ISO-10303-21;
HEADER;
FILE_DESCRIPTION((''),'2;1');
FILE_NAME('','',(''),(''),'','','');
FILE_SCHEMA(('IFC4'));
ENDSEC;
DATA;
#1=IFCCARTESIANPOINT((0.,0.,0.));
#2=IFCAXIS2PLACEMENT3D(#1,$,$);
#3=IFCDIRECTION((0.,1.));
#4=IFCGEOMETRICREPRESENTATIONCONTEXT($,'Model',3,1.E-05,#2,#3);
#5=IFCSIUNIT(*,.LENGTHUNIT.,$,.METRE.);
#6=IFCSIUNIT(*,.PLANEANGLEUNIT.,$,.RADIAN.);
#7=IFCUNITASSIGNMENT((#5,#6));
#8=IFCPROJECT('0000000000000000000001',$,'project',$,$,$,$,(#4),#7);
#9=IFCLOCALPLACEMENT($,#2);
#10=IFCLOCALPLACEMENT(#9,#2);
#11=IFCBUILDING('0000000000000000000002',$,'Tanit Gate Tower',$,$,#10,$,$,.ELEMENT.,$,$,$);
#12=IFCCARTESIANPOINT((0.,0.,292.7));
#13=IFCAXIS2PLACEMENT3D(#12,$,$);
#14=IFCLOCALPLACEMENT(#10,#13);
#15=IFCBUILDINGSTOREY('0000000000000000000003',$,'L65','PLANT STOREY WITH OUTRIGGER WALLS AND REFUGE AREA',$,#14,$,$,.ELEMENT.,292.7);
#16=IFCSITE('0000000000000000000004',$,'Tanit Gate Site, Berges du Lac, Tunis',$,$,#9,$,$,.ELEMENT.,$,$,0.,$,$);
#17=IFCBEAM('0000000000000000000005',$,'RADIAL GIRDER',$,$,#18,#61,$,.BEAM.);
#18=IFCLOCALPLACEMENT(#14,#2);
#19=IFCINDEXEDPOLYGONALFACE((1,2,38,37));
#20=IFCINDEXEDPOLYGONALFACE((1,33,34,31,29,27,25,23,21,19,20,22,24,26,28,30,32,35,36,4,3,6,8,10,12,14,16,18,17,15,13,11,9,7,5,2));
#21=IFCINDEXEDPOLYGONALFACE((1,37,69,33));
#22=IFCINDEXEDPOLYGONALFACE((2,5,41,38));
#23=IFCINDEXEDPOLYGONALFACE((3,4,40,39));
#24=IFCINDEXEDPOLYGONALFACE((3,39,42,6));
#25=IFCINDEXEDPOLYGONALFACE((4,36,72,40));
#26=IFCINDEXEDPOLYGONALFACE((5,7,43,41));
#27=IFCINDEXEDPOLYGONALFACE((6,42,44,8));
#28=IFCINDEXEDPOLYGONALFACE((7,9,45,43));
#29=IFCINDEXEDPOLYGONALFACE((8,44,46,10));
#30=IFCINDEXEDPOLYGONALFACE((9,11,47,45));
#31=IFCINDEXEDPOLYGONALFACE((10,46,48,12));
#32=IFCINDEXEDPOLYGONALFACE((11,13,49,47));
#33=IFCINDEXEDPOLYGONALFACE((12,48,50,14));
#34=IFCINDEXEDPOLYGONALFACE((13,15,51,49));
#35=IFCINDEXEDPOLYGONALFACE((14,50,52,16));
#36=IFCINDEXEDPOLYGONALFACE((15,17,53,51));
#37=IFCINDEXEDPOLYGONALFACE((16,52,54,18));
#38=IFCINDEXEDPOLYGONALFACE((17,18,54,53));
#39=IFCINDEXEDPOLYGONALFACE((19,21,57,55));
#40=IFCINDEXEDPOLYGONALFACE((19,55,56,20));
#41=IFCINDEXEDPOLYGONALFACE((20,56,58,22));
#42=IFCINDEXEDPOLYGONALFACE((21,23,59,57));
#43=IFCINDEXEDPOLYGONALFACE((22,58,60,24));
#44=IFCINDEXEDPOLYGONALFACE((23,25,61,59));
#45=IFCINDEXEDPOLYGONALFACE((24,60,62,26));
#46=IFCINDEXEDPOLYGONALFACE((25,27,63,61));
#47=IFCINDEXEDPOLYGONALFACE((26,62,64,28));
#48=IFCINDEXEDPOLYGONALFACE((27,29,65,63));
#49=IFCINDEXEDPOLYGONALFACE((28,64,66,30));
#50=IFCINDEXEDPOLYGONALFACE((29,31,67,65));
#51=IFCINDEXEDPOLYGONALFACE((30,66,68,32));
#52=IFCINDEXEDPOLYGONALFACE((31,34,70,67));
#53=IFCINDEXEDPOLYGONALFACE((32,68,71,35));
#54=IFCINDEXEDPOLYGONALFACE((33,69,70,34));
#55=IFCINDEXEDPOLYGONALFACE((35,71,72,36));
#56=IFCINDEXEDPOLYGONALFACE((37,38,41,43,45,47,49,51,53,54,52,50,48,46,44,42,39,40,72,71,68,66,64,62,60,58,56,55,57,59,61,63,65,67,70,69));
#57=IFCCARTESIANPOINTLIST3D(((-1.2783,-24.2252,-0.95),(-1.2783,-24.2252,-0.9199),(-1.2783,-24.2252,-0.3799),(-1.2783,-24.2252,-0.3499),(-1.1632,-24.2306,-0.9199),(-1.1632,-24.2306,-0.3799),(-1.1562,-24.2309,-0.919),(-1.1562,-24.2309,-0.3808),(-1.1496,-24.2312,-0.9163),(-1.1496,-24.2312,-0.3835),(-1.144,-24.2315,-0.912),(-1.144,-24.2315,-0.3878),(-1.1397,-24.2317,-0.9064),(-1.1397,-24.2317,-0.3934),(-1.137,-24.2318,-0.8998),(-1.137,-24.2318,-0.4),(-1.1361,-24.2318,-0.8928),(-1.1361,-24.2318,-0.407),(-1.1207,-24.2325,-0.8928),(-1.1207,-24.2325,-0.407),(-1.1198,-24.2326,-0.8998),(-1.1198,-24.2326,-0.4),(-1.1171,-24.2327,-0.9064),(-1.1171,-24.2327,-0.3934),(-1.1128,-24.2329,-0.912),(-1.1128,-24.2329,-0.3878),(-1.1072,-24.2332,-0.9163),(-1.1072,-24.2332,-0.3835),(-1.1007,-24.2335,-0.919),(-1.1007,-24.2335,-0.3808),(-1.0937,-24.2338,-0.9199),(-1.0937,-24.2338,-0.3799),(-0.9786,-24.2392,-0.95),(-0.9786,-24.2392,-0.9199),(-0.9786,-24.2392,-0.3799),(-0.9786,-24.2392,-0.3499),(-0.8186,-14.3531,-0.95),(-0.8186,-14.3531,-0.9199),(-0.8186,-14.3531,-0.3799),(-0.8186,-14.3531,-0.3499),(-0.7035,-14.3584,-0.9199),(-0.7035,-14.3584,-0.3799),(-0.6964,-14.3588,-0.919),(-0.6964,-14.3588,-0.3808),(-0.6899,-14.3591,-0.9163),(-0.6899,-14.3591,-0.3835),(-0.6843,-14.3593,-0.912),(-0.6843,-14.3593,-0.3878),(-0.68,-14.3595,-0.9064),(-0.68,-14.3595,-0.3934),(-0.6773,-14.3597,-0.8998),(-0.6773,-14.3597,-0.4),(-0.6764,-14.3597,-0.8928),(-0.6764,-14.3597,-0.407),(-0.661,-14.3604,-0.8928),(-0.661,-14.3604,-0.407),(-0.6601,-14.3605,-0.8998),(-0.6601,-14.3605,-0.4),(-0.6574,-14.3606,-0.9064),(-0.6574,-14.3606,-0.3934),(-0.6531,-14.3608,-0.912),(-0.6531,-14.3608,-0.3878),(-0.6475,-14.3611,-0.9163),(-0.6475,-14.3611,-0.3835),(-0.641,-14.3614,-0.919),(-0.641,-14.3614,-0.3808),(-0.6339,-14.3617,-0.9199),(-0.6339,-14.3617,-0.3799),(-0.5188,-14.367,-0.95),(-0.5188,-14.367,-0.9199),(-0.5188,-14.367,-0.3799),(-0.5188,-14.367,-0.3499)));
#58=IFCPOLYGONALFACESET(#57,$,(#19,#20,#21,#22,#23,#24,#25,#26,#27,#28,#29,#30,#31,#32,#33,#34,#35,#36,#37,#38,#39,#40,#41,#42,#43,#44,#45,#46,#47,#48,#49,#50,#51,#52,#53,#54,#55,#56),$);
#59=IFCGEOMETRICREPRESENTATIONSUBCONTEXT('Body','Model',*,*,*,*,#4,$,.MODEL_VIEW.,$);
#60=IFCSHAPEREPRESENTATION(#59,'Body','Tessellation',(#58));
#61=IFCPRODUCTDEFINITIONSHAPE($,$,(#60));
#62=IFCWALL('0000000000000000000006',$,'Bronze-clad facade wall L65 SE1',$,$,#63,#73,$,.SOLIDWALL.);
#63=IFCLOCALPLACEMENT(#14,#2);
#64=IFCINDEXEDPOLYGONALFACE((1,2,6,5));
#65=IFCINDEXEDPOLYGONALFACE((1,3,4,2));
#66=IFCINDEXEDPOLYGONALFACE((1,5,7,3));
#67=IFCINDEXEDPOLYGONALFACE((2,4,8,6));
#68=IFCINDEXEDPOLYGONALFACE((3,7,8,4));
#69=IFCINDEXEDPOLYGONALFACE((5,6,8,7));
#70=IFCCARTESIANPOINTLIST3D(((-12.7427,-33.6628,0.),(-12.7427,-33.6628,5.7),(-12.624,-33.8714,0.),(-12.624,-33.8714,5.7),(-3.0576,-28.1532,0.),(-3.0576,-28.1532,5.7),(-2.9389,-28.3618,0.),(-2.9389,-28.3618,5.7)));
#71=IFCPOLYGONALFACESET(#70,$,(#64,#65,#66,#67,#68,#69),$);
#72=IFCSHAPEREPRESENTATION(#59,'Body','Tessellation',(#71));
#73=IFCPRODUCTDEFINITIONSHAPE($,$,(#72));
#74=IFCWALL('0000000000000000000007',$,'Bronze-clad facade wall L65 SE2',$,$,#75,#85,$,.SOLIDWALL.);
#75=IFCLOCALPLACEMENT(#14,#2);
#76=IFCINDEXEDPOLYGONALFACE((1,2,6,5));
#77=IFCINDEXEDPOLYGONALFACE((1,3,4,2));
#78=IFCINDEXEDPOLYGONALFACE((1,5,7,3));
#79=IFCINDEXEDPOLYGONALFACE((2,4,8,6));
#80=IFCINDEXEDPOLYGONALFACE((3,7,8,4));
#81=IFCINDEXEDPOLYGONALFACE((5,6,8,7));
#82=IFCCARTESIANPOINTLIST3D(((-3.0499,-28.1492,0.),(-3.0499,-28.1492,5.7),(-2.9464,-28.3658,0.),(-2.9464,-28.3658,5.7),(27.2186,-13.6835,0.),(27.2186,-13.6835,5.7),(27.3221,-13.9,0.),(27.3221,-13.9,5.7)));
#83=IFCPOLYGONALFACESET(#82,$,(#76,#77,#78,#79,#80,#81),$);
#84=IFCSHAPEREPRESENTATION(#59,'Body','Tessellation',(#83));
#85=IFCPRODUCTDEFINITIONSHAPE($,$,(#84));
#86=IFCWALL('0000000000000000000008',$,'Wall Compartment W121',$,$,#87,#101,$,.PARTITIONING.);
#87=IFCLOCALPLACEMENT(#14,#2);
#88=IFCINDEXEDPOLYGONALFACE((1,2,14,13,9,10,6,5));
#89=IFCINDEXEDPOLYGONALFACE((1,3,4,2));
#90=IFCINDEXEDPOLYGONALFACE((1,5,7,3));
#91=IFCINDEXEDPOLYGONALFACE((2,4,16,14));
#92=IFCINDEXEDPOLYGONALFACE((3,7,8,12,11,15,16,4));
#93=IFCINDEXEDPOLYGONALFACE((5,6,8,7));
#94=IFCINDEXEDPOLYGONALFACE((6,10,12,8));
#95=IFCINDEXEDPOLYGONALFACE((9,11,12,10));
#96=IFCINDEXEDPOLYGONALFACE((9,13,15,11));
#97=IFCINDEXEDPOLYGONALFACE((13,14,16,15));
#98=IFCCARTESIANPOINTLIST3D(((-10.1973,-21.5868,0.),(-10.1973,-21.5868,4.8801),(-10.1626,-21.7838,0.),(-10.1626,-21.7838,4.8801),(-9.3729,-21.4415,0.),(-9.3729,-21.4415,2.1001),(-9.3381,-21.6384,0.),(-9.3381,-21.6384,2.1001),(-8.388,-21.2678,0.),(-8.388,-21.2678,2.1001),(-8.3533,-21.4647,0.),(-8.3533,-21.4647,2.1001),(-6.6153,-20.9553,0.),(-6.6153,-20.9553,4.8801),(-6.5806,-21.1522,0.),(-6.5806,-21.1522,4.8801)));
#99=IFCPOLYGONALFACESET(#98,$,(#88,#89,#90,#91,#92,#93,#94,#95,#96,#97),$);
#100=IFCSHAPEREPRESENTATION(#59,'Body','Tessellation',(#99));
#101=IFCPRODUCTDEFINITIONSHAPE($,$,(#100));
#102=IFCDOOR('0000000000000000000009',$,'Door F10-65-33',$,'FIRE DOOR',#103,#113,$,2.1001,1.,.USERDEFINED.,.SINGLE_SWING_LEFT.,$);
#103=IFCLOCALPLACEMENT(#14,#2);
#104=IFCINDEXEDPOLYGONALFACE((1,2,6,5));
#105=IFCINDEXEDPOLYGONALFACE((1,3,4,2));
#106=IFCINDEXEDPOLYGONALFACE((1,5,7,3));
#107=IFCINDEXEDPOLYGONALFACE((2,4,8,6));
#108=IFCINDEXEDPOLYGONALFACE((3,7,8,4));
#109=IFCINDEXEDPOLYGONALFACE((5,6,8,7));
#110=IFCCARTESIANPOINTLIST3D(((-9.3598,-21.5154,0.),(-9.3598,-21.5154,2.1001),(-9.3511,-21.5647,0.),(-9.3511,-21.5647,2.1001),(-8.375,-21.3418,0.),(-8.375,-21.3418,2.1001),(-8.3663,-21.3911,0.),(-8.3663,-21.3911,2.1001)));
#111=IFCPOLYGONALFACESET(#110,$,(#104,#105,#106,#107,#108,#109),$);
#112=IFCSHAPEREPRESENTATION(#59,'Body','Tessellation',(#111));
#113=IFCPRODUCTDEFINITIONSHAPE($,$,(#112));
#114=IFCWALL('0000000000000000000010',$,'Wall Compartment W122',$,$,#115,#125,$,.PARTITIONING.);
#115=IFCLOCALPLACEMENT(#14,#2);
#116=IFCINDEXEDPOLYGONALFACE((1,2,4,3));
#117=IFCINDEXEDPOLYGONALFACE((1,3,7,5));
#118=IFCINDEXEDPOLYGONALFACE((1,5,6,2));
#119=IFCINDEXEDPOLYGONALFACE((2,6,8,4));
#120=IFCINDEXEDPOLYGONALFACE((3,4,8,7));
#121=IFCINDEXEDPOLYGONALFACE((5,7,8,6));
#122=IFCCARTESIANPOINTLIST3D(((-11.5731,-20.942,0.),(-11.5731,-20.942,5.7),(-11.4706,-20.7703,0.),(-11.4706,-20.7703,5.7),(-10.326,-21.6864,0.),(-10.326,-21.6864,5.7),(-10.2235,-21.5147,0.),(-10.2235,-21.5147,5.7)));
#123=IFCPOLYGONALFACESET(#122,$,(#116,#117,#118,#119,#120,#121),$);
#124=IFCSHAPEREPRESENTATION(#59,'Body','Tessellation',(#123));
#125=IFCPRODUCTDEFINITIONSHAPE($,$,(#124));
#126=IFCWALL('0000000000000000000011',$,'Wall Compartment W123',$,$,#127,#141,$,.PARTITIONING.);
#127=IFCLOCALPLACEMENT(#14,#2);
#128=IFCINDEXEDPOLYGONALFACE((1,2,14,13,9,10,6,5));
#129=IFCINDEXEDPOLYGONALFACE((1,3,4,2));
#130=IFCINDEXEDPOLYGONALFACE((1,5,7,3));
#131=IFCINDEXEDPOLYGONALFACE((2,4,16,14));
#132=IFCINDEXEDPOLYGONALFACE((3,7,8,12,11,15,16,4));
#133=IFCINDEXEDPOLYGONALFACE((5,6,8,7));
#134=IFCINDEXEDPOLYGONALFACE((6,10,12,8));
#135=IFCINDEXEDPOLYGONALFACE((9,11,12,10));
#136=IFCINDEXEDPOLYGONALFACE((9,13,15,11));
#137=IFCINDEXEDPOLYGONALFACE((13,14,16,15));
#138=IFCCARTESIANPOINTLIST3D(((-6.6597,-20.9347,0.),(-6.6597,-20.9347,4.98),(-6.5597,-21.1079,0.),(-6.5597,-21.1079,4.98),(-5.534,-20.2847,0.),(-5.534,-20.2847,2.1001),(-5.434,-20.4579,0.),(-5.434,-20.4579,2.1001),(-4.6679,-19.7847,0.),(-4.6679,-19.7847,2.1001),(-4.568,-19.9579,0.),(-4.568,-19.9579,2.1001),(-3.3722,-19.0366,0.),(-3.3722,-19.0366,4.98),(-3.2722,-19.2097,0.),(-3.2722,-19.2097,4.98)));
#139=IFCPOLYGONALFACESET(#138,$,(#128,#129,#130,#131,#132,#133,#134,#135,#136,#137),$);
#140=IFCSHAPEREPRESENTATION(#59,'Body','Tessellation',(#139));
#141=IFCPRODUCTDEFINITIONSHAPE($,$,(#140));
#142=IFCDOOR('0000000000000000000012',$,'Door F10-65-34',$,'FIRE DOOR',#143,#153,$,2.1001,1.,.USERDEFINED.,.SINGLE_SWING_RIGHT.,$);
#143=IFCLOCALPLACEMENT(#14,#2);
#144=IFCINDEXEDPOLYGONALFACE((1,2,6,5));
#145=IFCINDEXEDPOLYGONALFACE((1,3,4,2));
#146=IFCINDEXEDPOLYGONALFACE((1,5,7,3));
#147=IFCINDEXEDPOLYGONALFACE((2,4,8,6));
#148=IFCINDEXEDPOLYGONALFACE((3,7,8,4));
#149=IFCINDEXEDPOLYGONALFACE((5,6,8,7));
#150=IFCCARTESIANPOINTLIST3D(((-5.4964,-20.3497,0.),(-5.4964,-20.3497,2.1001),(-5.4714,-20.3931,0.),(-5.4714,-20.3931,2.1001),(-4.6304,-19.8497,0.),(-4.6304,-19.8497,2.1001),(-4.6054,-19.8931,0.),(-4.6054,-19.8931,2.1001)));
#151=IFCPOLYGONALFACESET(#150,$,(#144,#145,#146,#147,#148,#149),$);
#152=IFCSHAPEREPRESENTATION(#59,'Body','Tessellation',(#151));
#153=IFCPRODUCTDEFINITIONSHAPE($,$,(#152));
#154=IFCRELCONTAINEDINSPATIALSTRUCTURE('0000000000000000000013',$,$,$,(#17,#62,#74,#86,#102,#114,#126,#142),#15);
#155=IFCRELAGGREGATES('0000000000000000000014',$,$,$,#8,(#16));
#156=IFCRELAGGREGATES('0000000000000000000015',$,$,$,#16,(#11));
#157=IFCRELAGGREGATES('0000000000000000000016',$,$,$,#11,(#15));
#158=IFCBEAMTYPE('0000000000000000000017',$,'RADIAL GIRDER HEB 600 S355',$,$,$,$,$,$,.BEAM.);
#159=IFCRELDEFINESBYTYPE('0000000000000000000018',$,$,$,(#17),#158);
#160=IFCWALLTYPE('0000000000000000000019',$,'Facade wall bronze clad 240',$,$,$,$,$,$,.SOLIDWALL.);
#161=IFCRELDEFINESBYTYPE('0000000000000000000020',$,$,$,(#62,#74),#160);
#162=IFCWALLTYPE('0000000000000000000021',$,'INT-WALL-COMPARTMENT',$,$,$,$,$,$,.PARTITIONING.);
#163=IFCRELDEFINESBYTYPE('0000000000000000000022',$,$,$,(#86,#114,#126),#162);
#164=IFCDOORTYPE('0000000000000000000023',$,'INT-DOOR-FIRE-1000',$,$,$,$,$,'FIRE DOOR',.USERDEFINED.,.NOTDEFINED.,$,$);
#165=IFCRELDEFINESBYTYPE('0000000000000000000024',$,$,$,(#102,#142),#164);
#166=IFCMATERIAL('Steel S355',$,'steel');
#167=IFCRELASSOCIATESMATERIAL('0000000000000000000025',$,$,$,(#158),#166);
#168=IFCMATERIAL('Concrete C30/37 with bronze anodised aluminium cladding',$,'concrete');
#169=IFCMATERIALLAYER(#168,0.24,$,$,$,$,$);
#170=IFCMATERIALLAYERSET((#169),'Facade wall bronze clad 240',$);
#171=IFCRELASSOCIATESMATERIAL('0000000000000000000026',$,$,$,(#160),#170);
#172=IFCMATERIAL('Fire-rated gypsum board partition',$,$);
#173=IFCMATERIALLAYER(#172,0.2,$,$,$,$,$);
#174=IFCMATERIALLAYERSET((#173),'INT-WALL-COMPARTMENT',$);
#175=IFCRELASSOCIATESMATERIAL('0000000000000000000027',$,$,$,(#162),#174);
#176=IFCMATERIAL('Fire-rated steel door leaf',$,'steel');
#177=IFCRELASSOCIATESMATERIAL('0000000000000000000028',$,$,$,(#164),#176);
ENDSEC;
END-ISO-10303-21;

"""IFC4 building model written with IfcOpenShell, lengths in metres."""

from ifc_helpers import new_model, si_unit, direction, frame, frame_2d, origin, origin_2d, place, context, subcontext, project, spatial, rectangle, i_section, extrude, material, layer, layer_set, material_profile, profile_set, type_object, element, fill, save


model = new_model("IFC4")

# Units and contexts
model_context = context("Model", 3, precision=1e-05, world=origin(), true_north=direction((0.0, 1.0)))
body_context = subcontext(model_context, "Body", "Model", "MODEL_VIEW")
ifc_project = project(units=[si_unit("LENGTHUNIT", "METRE"), si_unit("PLANEANGLEUNIT", "RADIAN")], contexts=[model_context])

# Site, building, storey
site_placement = place(None, origin())
site = spatial("IfcSite", under=ifc_project, at=site_placement, Name="Tanit Gate Site, Berges du Lac, Tunis", CompositionType="ELEMENT", RefElevation=0.0)
building_placement = place(site_placement, origin())
building = spatial("IfcBuilding", under=site, at=building_placement, Name="Tanit Gate Tower", CompositionType="ELEMENT")
storey_placement = place(building_placement, frame((0.0, 0.0, 292.7)))
storey = spatial("IfcBuildingStorey", under=building, at=storey_placement, Name="L65", Description="PLANT STOREY WITH OUTRIGGER WALLS AND REFUGE AREA", CompositionType="ELEMENT", Elevation=292.7)

# Beam
ifc_material_1 = material(Name="Steel S355", Category="steel")
ifc_material_profile_1 = material_profile(ifc_material_1, i_section(OverallWidth=0.3, OverallDepth=0.6001, WebThickness=0.0154, FlangeThickness=0.03, FilletRadius=0.0271, at=origin_2d()), Name="HEB 600")
ifc_profile_set_1 = profile_set([ifc_material_profile_1], Name="Steel S355")
beam_type_1 = type_object("IfcBeamType", Name="RADIAL GIRDER HEB 600 S355", PredefinedType="BEAM", material=ifc_profile_set_1)
beam_1_placement = place(storey_placement, frame((-1.1284, -24.2322, -0.6499), z_axis=(0.046517, 0.998917, 0.0), x_axis=(-0.998917, 0.046517, 0.0)))
element("IfcBeam", 1, at=beam_1_placement, inside=storey, type_object=beam_type_1, Name="RADIAL GIRDER", PredefinedType="BEAM", context=body_context, shape_type="SweptSolid", body=[
    extrude(i_section(OverallWidth=0.3, OverallDepth=0.6001, WebThickness=0.0154, FlangeThickness=0.03, FilletRadius=0.0271, at=origin_2d()), origin(), (0.0, 0.0, 1.0), 9.8828),
])

# Walls
ifc_material_2 = material(Name="Concrete C30/37 with bronze anodised aluminium cladding", Category="concrete")
ifc_layer_1 = layer(ifc_material_2, 0.24)
ifc_layer_set_1 = layer_set([ifc_layer_1], Name="Facade wall bronze clad 240")
wall_type_1 = type_object("IfcWallType", Name="Facade wall bronze clad 240", PredefinedType="SOLIDWALL", material=ifc_layer_set_1)
wall_1_placement = place(storey_placement, frame((-12.6833, -33.7671, 0.0), z_axis=(0.0, 0.0, 1.0), x_axis=(0.8692, 0.49446, 0.0)))
element("IfcWall", 2, at=wall_1_placement, inside=storey, type_object=wall_type_1, Name="Bronze-clad facade wall L65 SE1", PredefinedType="SOLIDWALL", context=body_context, shape_type="SweptSolid", body=[
    extrude(rectangle(XDim=11.1426, YDim=0.24, at=frame_2d((5.5713, 0.0))), origin(), (0.0, 0.0, 1.0), 5.7),
])
wall_2_placement = place(storey_placement, frame((-2.9983, -28.2576, 0.0), z_axis=(0.0, 0.0, 1.0), x_axis=(0.902255, 0.431202, 0.0)))
element("IfcWall", 3, at=wall_2_placement, inside=storey, type_object=wall_type_1, Name="Bronze-clad facade wall L65 SE2", PredefinedType="SOLIDWALL", context=body_context, shape_type="SweptSolid", body=[
    extrude(rectangle(XDim=33.5476, YDim=0.24, at=frame_2d((16.7739, 0.0))), origin(), (0.0, 0.0, 1.0), 5.7),
])

# Wall, opening, door
ifc_material_3 = material(Name="Fire-rated gypsum board partition")
ifc_layer_2 = layer(ifc_material_3, 0.2)
ifc_layer_set_2 = layer_set([ifc_layer_2], Name="INT-WALL-COMPARTMENT")
wall_type_2 = type_object("IfcWallType", Name="INT-WALL-COMPARTMENT", PredefinedType="PARTITIONING", material=ifc_layer_set_2)
wall_3_placement = place(storey_placement, frame((-10.1799, -21.6853, 0.0), z_axis=(0.0, 0.0, 1.0), x_axis=(0.984809, 0.173644, 0.0)))
wall_3 = element("IfcWall", 4, at=wall_3_placement, inside=storey, type_object=wall_type_2, Name="Wall Compartment W121", PredefinedType="PARTITIONING", context=body_context, shape_type="SweptSolid", body=[
    extrude(rectangle(XDim=3.6372, YDim=0.2, at=frame_2d((1.8186, 0.0))), origin(), (0.0, 0.0, 1.0), 4.8801),
])
opening_1_placement = place(wall_3_placement, frame((0.8372, 0.0, 0.0)))
opening_1 = element("IfcOpeningElement", 5, at=opening_1_placement, cuts=wall_3, PredefinedType="OPENING", context=body_context, shape_type="SweptSolid", body=[
    extrude(rectangle(XDim=1.0, YDim=2.1001, at=frame_2d((0.5, 1.05))), frame((0.0, 0.1099, 0.0), z_axis=(0.0, -1.0, 0.0), x_axis=(1.0, 0.0, 0.0)), (0.0, 0.0, 1.0), 0.22),
])
ifc_material_4 = material(Name="Fire-rated steel door leaf", Category="steel")
door_type_1 = type_object("IfcDoorType", Name="INT-DOOR-FIRE-1000", ElementType="FIRE DOOR", OperationType="NOTDEFINED", PredefinedType="USERDEFINED", material=ifc_material_4)
door_1_placement = place(opening_1_placement, origin())
door_1 = element("IfcDoor", 6, at=door_1_placement, inside=storey, type_object=door_type_1, Name="Door F10-65-33", ObjectType="FIRE DOOR", OperationType="SINGLE_SWING_LEFT", OverallHeight=2.1001, OverallWidth=1.0, PredefinedType="USERDEFINED", context=body_context, shape_type="SweptSolid", body=[
    extrude(rectangle(XDim=1.0, YDim=2.1001, at=frame_2d((0.5, 1.05))), frame((0.0, 0.0249, 0.0), z_axis=(0.0, -1.0, 0.0), x_axis=(1.0, 0.0, 0.0)), (0.0, 0.0, 1.0), 0.05),
])
fill(opening_1, door_1)

# Wall
wall_4_placement = place(storey_placement, frame((-11.5217, -20.8562, 0.0), z_axis=(0.0, 0.0, 1.0), x_axis=(0.858662, -0.512541, 0.0)))
element("IfcWall", 7, at=wall_4_placement, inside=storey, type_object=wall_type_2, Name="Wall Compartment W122", PredefinedType="PARTITIONING", context=body_context, shape_type="SweptSolid", body=[
    extrude(rectangle(XDim=1.4524, YDim=0.2, at=frame_2d((0.7261, 0.0))), origin(), (0.0, 0.0, 1.0), 5.7),
])

# Wall, opening, door
wall_5_placement = place(storey_placement, frame((-6.6096, -21.0212, 0.0), z_axis=(0.0, 0.0, 1.0), x_axis=(0.866014, 0.500019, 0.0)))
wall_5 = element("IfcWall", 8, at=wall_5_placement, inside=storey, type_object=wall_type_2, Name="Wall Compartment W123", PredefinedType="PARTITIONING", context=body_context, shape_type="SweptSolid", body=[
    extrude(rectangle(XDim=3.7961, YDim=0.2, at=frame_2d((1.8979, 0.0))), origin(), (0.0, 0.0, 1.0), 4.98),
])
opening_2_placement = place(wall_5_placement, frame((1.2998, 0.0, 0.0)))
opening_2 = element("IfcOpeningElement", 9, at=opening_2_placement, cuts=wall_5, PredefinedType="OPENING", context=body_context, shape_type="SweptSolid", body=[
    extrude(rectangle(XDim=1.0, YDim=2.1001, at=frame_2d((0.5, 1.05))), frame((0.0, 0.1099, 0.0), z_axis=(0.0, -1.0, 0.0), x_axis=(1.0, 0.0, 0.0)), (0.0, 0.0, 1.0), 0.22),
])
door_2_placement = place(opening_2_placement, origin())
door_2 = element("IfcDoor", 10, at=door_2_placement, inside=storey, type_object=door_type_1, Name="Door F10-65-34", ObjectType="FIRE DOOR", OperationType="SINGLE_SWING_RIGHT", OverallHeight=2.1001, OverallWidth=1.0, PredefinedType="USERDEFINED", context=body_context, shape_type="SweptSolid", body=[
    extrude(rectangle(XDim=1.0, YDim=2.1001, at=frame_2d((0.5, 1.05))), frame((0.0, 0.0249, 0.0), z_axis=(0.0, -1.0, 0.0), x_axis=(1.0, 0.0, 0.0)), (0.0, 0.0, 1.0), 0.05),
])
fill(opening_2, door_2)

save(model, "model.ifc")
